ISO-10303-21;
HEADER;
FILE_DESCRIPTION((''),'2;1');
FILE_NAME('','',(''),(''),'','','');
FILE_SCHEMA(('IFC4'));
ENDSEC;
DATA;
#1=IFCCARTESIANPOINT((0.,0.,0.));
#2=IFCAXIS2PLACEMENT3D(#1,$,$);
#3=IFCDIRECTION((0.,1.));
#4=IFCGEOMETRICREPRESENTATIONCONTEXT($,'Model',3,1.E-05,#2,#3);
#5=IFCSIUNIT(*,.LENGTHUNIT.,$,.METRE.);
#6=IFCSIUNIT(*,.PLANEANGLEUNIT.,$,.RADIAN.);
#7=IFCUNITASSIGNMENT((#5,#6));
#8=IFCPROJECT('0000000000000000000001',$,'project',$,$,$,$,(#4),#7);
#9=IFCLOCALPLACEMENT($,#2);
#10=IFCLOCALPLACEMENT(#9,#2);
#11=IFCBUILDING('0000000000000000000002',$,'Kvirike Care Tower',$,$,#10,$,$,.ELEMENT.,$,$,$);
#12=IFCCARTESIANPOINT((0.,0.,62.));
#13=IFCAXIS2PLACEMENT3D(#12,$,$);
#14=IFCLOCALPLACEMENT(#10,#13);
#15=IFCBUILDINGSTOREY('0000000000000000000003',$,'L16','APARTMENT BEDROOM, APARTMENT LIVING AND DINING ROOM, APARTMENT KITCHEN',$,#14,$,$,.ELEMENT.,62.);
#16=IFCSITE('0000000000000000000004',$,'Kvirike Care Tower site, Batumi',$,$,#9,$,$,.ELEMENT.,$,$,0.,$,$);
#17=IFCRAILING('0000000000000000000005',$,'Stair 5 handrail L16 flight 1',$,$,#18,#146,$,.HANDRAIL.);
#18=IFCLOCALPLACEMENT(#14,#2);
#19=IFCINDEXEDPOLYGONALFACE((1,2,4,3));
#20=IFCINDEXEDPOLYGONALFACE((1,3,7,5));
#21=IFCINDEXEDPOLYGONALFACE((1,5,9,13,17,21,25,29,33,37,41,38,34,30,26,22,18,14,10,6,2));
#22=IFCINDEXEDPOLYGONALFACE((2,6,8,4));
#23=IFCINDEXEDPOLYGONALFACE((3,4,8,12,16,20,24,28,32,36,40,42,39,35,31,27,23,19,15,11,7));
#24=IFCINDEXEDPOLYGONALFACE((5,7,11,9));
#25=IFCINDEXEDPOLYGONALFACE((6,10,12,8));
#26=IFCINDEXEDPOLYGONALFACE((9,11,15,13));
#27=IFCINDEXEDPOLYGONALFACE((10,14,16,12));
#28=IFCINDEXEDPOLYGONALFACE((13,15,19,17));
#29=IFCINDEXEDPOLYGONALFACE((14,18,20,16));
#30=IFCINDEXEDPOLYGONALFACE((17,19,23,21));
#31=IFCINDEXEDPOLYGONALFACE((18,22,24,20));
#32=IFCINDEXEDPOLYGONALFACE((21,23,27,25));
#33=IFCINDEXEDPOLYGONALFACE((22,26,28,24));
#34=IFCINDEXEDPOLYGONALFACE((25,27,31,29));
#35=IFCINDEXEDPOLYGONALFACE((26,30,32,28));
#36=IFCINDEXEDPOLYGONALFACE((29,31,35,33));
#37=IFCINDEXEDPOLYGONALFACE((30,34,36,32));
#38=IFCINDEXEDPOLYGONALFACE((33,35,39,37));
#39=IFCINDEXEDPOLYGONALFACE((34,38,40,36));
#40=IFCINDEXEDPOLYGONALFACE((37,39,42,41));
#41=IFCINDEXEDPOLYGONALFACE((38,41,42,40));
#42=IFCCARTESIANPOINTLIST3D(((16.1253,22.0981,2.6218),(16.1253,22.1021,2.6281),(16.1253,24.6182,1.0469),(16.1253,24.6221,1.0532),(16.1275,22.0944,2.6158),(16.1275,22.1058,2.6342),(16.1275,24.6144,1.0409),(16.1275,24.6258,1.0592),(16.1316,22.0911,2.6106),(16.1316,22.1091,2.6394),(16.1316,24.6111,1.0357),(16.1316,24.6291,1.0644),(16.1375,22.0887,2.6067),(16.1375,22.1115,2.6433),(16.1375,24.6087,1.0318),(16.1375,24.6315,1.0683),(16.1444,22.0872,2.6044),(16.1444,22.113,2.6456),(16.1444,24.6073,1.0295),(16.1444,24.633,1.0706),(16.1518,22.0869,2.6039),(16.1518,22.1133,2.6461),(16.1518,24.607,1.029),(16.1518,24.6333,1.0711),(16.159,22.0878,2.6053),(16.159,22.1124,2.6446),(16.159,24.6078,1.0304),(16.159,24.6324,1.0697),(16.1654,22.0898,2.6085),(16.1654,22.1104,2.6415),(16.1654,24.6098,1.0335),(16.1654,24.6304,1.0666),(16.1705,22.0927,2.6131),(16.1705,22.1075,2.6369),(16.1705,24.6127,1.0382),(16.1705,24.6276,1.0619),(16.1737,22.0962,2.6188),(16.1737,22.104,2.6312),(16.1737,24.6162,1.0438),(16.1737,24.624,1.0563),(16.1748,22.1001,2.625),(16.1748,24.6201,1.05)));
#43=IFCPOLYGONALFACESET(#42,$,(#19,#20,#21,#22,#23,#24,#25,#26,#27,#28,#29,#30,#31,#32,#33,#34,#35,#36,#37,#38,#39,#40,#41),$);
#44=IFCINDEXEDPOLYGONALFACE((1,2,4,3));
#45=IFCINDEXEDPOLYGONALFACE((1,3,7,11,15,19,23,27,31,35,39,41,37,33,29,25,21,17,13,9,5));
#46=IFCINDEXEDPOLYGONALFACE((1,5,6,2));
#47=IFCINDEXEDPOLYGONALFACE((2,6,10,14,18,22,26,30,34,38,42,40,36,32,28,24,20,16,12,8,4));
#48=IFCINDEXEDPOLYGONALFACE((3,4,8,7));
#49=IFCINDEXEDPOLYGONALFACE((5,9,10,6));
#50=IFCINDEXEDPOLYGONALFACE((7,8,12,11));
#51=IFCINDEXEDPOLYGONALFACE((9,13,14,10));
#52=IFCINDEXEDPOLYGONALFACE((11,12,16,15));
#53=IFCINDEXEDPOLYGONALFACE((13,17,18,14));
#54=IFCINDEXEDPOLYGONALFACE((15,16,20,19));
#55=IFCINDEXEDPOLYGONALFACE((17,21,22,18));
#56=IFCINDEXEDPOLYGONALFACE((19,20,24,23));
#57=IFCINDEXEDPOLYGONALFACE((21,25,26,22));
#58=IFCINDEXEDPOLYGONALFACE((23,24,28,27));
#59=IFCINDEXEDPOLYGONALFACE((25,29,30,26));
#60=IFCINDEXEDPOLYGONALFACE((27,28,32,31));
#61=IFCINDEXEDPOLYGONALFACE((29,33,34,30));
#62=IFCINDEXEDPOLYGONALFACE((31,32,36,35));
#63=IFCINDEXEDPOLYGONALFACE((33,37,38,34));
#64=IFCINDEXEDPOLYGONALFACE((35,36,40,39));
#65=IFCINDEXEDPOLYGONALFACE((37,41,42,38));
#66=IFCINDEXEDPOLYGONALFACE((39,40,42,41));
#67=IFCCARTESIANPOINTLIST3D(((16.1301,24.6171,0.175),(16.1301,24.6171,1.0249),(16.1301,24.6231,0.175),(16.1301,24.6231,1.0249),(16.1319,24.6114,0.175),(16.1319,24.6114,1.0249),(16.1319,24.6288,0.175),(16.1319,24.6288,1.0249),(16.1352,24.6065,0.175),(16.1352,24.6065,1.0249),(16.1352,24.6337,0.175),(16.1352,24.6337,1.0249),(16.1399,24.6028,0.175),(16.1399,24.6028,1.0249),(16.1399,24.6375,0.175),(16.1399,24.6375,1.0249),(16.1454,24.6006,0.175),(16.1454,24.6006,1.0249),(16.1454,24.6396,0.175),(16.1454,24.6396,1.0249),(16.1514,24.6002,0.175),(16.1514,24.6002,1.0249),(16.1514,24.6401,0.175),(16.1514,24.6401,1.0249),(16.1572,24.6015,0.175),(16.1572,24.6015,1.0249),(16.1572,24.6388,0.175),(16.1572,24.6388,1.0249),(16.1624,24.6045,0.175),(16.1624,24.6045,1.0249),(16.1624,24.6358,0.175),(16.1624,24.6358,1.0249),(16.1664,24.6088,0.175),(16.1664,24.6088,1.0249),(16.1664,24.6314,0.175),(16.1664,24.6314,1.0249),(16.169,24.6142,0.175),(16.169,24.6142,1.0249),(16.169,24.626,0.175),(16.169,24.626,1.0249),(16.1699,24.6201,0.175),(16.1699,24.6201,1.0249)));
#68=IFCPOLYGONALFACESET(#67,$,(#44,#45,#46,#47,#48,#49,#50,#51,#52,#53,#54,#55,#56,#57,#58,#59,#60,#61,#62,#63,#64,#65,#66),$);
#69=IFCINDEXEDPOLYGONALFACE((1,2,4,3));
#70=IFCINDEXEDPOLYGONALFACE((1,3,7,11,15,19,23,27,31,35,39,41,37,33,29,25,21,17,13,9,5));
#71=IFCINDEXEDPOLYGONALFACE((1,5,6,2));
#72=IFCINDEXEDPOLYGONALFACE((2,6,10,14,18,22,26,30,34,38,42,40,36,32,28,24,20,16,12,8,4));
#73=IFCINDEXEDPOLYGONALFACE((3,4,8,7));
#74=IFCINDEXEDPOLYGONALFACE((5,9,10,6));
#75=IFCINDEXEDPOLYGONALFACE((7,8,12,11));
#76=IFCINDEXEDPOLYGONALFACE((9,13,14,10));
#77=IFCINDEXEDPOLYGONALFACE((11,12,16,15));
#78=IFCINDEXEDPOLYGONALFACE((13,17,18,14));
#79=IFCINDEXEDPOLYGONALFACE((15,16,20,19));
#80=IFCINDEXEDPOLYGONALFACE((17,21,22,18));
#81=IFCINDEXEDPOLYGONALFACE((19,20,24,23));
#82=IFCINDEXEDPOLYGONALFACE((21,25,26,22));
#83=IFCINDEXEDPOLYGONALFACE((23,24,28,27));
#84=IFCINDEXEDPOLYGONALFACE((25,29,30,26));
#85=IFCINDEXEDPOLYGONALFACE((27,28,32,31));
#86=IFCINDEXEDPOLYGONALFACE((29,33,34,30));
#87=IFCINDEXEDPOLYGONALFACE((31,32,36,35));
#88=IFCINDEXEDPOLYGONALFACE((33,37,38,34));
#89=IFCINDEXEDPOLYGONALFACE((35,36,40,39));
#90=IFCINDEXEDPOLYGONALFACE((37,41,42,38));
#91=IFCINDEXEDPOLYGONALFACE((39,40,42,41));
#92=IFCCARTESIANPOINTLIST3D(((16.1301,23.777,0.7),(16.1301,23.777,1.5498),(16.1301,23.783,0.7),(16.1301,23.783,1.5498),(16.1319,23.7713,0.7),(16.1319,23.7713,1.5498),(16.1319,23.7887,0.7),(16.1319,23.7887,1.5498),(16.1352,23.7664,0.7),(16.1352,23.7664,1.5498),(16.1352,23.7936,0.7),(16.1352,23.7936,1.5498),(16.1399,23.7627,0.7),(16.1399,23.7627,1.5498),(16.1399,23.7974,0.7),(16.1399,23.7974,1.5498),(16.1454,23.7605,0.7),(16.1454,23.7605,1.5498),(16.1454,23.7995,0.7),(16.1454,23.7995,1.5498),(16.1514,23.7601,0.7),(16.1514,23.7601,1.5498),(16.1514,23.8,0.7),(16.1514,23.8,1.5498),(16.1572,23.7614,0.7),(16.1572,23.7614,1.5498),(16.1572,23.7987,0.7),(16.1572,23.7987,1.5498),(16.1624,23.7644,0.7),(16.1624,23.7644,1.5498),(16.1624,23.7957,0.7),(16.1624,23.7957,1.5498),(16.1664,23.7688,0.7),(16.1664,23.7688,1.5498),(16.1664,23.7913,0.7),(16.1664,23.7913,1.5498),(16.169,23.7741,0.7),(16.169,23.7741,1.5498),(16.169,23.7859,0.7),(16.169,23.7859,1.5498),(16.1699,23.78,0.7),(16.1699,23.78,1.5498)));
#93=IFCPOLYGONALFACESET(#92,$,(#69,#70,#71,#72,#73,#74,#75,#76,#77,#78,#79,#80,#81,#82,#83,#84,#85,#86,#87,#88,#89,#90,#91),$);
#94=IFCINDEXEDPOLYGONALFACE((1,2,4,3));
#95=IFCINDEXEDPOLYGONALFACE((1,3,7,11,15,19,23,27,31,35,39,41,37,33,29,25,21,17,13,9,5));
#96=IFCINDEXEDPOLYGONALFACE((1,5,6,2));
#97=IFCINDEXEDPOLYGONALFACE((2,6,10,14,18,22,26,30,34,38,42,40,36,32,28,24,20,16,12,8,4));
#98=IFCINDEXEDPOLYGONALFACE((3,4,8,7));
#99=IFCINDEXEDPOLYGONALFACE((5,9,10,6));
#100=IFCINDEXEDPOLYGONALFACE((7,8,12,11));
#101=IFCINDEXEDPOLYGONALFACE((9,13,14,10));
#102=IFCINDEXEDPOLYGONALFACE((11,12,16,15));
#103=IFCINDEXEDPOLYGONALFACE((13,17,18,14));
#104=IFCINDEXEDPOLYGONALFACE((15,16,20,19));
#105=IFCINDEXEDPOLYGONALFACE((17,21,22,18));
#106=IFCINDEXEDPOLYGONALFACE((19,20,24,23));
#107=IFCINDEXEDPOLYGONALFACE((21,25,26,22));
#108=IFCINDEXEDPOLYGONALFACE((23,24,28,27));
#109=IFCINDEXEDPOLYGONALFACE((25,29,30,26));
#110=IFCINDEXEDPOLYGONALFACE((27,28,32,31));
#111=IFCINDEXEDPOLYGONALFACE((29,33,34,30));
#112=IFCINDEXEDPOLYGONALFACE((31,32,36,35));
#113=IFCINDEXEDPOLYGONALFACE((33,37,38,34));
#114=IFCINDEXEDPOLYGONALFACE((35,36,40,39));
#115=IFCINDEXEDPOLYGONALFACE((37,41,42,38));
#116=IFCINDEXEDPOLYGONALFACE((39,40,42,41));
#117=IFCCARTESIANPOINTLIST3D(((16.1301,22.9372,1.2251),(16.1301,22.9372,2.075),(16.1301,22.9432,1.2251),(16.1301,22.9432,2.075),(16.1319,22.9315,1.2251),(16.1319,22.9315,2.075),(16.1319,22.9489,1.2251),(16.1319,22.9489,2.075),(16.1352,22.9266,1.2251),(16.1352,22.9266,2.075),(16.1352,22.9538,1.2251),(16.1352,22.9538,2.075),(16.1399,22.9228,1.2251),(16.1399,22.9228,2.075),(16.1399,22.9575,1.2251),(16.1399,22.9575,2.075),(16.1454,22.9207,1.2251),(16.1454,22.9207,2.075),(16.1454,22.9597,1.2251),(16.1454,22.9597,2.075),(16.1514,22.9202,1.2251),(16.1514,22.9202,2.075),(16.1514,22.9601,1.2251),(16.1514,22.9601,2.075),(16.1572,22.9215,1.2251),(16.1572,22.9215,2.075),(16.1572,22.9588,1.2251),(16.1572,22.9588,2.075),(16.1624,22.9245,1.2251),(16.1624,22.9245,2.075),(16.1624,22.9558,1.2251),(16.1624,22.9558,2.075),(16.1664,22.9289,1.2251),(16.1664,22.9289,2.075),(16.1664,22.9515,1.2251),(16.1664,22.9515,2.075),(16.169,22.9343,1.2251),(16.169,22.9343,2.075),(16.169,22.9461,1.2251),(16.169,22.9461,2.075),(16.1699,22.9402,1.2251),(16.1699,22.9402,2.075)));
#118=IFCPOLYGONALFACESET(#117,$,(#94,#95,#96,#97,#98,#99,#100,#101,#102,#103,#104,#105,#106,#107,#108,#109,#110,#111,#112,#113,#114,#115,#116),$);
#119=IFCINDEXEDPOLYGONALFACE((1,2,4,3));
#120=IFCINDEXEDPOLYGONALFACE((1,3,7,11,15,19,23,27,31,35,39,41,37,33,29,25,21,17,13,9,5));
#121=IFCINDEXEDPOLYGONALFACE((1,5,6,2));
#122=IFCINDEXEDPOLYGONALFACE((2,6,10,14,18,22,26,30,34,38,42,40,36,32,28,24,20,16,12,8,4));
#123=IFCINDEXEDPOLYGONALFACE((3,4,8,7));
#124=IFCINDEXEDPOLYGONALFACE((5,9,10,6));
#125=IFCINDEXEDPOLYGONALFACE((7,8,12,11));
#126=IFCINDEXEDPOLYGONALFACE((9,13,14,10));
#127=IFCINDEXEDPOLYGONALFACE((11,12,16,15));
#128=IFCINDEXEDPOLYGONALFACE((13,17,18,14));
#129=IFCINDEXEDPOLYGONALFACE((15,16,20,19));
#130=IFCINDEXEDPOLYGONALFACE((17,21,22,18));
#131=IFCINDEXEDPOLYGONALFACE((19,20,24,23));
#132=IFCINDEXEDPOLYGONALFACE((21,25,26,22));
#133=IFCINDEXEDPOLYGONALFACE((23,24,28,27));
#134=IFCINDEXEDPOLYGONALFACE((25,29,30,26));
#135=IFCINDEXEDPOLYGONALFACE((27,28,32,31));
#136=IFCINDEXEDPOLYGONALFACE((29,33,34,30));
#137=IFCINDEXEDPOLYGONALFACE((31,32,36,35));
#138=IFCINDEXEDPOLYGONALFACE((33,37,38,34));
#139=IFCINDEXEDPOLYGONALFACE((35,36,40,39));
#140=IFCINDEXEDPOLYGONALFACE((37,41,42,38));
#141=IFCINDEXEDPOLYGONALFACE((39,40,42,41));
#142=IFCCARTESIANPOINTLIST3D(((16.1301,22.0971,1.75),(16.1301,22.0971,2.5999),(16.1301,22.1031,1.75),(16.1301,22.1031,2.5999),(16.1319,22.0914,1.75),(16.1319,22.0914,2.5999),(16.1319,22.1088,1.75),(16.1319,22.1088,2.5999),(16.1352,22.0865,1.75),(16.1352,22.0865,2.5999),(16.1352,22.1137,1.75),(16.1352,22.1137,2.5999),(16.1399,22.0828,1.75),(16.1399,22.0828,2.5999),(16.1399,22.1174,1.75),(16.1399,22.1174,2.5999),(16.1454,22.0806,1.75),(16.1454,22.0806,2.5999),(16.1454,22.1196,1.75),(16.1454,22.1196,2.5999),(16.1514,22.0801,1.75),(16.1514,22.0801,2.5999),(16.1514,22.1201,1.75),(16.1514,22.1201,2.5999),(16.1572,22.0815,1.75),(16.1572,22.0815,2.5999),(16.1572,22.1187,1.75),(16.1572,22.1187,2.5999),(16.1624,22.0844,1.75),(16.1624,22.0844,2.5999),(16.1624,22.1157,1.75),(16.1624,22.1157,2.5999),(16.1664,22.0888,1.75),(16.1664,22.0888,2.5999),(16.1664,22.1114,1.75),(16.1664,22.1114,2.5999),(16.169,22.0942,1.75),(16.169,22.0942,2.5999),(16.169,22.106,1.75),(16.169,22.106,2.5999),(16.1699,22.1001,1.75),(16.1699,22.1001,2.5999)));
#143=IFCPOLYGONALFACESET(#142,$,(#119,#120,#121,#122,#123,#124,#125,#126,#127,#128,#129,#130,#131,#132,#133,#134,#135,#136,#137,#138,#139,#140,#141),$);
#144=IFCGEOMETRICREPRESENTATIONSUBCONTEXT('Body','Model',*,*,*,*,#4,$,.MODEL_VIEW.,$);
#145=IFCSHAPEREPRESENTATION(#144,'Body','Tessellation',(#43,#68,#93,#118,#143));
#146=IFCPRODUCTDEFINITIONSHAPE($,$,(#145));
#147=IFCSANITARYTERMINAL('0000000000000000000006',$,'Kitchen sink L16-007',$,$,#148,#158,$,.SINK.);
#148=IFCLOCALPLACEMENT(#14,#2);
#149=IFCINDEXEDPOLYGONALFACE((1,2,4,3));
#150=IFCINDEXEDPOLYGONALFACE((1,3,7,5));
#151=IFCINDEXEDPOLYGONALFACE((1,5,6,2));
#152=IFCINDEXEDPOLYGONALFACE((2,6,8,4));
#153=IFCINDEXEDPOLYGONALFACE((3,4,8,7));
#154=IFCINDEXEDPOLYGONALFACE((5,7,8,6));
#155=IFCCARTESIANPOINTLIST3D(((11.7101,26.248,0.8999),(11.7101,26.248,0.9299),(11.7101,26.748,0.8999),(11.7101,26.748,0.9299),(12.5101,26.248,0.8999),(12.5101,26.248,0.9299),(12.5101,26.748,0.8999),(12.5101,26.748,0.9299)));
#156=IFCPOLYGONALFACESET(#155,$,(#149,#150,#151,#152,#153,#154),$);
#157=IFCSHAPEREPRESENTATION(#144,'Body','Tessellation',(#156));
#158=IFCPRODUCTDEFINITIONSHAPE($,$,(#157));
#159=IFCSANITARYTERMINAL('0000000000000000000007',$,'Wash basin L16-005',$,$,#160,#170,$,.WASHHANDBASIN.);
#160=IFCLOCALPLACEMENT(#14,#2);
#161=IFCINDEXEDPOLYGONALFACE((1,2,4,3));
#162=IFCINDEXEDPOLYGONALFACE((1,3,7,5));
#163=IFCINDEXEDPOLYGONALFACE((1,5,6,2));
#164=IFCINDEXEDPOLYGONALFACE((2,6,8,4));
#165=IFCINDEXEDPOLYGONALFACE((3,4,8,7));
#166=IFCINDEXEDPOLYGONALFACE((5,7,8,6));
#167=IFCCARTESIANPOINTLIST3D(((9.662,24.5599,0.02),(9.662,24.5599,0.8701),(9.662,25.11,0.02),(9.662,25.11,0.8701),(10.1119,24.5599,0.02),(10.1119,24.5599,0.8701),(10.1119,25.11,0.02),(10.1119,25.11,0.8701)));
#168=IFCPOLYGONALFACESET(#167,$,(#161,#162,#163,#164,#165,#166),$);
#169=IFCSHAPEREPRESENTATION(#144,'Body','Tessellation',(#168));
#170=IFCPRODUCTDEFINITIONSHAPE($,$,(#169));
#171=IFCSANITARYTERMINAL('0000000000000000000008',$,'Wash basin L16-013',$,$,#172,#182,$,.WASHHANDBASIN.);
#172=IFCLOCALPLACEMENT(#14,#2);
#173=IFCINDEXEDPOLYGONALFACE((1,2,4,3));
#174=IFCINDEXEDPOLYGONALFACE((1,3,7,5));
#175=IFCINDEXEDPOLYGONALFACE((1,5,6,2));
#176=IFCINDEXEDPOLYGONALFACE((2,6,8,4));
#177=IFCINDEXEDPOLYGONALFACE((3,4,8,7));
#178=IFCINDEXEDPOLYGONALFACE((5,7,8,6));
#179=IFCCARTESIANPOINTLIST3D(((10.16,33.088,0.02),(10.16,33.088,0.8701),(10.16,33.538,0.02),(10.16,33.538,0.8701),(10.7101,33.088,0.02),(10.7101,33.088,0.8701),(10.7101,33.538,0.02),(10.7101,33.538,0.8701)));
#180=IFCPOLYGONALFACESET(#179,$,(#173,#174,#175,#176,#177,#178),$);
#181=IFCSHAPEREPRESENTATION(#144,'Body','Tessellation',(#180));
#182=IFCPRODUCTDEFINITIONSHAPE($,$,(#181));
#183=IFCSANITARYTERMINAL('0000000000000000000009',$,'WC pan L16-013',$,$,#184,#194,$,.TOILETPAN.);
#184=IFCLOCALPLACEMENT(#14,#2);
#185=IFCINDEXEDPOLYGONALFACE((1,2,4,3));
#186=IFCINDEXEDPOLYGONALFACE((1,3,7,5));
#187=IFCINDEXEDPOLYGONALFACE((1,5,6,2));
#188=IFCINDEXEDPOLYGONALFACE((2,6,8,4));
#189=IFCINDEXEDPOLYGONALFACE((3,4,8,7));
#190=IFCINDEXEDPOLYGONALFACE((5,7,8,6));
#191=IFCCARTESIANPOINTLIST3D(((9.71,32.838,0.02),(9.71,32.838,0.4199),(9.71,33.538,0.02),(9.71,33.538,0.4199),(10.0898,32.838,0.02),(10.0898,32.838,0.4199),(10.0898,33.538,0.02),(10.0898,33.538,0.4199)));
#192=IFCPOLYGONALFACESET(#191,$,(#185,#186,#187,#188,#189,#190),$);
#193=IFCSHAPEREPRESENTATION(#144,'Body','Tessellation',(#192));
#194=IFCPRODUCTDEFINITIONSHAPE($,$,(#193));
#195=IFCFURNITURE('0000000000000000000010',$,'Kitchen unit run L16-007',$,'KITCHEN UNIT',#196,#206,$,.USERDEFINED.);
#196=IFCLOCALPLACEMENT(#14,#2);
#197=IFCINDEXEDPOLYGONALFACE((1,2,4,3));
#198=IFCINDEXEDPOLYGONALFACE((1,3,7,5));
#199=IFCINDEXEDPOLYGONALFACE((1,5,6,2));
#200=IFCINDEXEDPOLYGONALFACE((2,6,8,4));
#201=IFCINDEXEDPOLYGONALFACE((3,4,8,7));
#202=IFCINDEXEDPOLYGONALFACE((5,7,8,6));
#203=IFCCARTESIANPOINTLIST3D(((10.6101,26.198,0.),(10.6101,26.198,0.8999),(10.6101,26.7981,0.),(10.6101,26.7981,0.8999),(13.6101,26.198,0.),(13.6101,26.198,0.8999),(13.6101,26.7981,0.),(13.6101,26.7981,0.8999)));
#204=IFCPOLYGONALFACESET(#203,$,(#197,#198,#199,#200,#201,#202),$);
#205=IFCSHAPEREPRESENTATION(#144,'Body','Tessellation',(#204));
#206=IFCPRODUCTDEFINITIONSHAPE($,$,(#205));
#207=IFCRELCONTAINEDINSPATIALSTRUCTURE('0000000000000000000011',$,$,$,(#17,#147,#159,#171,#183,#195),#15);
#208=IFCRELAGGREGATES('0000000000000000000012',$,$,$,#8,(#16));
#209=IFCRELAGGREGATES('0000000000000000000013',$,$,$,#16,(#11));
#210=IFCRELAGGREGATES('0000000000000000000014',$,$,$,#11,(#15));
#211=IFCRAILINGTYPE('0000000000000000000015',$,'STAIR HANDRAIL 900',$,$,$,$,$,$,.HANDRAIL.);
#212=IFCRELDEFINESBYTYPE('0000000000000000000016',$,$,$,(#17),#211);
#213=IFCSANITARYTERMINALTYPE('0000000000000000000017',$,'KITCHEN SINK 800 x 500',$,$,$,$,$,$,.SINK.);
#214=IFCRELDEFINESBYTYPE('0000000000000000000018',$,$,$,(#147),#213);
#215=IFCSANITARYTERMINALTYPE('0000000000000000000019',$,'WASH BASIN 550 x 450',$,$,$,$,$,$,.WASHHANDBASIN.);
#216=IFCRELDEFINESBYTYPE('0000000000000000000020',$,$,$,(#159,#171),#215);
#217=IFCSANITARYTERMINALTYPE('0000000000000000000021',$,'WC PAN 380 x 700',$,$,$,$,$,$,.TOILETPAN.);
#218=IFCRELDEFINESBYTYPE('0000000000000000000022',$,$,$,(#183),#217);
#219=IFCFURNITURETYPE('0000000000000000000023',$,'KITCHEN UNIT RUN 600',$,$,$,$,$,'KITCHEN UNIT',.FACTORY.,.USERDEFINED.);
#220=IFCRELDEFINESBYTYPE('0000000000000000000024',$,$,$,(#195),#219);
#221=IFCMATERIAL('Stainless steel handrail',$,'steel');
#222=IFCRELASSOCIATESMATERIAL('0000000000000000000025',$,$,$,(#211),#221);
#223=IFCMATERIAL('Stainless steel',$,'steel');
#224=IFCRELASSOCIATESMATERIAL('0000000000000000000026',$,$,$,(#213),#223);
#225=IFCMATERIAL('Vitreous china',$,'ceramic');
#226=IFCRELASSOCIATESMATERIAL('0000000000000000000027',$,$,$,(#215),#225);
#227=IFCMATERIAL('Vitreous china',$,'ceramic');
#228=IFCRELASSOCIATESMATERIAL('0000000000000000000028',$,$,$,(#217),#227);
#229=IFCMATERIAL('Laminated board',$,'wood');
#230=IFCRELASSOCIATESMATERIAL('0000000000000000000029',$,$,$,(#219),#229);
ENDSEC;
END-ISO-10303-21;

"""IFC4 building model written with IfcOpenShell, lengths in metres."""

from ifc_helpers import new_model, si_unit, direction, frame, origin, origin_2d, place, context, subcontext, project, spatial, rectangle, circle, extrude, material, type_object, element, save


model = new_model("IFC4")

# Units and contexts
model_context = context("Model", 3, precision=1e-05, world=origin(), true_north=direction((0.0, 1.0)))
body_context = subcontext(model_context, "Body", "Model", "MODEL_VIEW")
ifc_project = project(units=[si_unit("LENGTHUNIT", "METRE"), si_unit("PLANEANGLEUNIT", "RADIAN")], contexts=[model_context])

# Site, building, storey
site_placement = place(None, origin())
site = spatial("IfcSite", under=ifc_project, at=site_placement, Name="Kvirike Care Tower site, Batumi", CompositionType="ELEMENT", RefElevation=0.0)
building_placement = place(site_placement, origin())
building = spatial("IfcBuilding", under=site, at=building_placement, Name="Kvirike Care Tower", CompositionType="ELEMENT")
storey_placement = place(building_placement, frame((0.0, 0.0, 62.0)))
storey = spatial("IfcBuildingStorey", under=building, at=storey_placement, Name="L16", Description="APARTMENT BEDROOM, APARTMENT LIVING AND DINING ROOM, APARTMENT KITCHEN", CompositionType="ELEMENT", Elevation=62.0)

# Railing
ifc_material_1 = material(Name="Stainless steel handrail", Category="steel")
railing_type = type_object("IfcRailingType", Name="STAIR HANDRAIL 900", PredefinedType="HANDRAIL", material=ifc_material_1)
railing_placement = place(storey_placement, frame((16.1499, 24.6201, 0.175)))
element("IfcRailing", 1, at=railing_placement, inside=storey, type_object=railing_type, Name="Stair 5 handrail L16 flight 1", PredefinedType="HANDRAIL", context=body_context, shape_type="SweptSolid", body=[
    extrude(circle(Radius=0.0249, at=origin_2d()), frame((0.0, 0.0, 0.875), z_axis=(0.0, -0.848008, 0.529984), x_axis=(1.0, 0.0, 0.0)), (0.0, 0.0, 1.0), 2.9717),
    extrude(circle(Radius=0.02, at=origin_2d()), origin(), (0.0, 0.0, 1.0), 0.8499),
    extrude(circle(Radius=0.02, at=origin_2d()), frame((0.0, -0.8401, 0.5249)), (0.0, 0.0, 1.0), 0.8499),
    extrude(circle(Radius=0.02, at=origin_2d()), frame((0.0, -1.6799, 1.05)), (0.0, 0.0, 1.0), 0.8499),
    extrude(circle(Radius=0.02, at=origin_2d()), frame((0.0, -2.52, 1.575)), (0.0, 0.0, 1.0), 0.8499),
])

# Sanitary terminals
ifc_material_2 = material(Name="Stainless steel", Category="steel")
sanitary_terminal_type_1 = type_object("IfcSanitaryTerminalType", Name="KITCHEN SINK 800 x 500", PredefinedType="SINK", material=ifc_material_2)
sanitary_terminal_1_placement = place(storey_placement, frame((12.1101, 26.498, 0.8999), z_axis=(0.0, 0.0, 1.0), x_axis=(1.0, 0.0, 0.0)))
element("IfcSanitaryTerminal", 2, at=sanitary_terminal_1_placement, inside=storey, type_object=sanitary_terminal_type_1, Name="Kitchen sink L16-007", PredefinedType="SINK", context=body_context, shape_type="SweptSolid", body=[
    extrude(rectangle(XDim=0.8, YDim=0.5, at=origin_2d()), origin(), (0.0, 0.0, 1.0), 0.03),
])
ifc_material_3 = material(Name="Vitreous china", Category="ceramic")
sanitary_terminal_type_2 = type_object("IfcSanitaryTerminalType", Name="WASH BASIN 550 x 450", PredefinedType="WASHHANDBASIN", material=ifc_material_3)
for number, where, z_axis, x_axis, name in (
    (3, (9.887, 24.835, 0.02), (0.0, 0.0, 1.0), (0.0, 1.0, 0.0), "Wash basin L16-005"),
    (4, (10.4351, 33.313, 0.02), (0.0, 0.0, 1.0), (1.0, 0.0, 0.0), "Wash basin L16-013"),
):
    element("IfcSanitaryTerminal", number, at=place(storey_placement, frame(where, z_axis=z_axis, x_axis=x_axis)), inside=storey, type_object=sanitary_terminal_type_2, Name=name, PredefinedType="WASHHANDBASIN", context=body_context, shape_type="SweptSolid", body=[
        extrude(rectangle(XDim=0.55, YDim=0.45, at=origin_2d()), origin(), (0.0, 0.0, 1.0), 0.8501),
    ])
ifc_material_4 = material(Name="Vitreous china", Category="ceramic")
sanitary_terminal_type_3 = type_object("IfcSanitaryTerminalType", Name="WC PAN 380 x 700", PredefinedType="TOILETPAN", material=ifc_material_4)
sanitary_terminal_2_placement = place(storey_placement, frame((9.8999, 33.188, 0.02), z_axis=(0.0, 0.0, 1.0), x_axis=(1.0, 0.0, 0.0)))
element("IfcSanitaryTerminal", 5, at=sanitary_terminal_2_placement, inside=storey, type_object=sanitary_terminal_type_3, Name="WC pan L16-013", PredefinedType="TOILETPAN", context=body_context, shape_type="SweptSolid", body=[
    extrude(rectangle(XDim=0.3799, YDim=0.7, at=origin_2d()), origin(), (0.0, 0.0, 1.0), 0.3999),
])

# Furniture
ifc_material_5 = material(Name="Laminated board", Category="wood")
furniture_type = type_object("IfcFurnitureType", Name="KITCHEN UNIT RUN 600", ElementType="KITCHEN UNIT", AssemblyPlace="FACTORY", PredefinedType="USERDEFINED", material=ifc_material_5)
furniture_placement = place(storey_placement, frame((12.1101, 26.498, 0.0), z_axis=(0.0, 0.0, 1.0), x_axis=(1.0, 0.0, 0.0)))
element("IfcFurniture", 6, at=furniture_placement, inside=storey, type_object=furniture_type, Name="Kitchen unit run L16-007", ObjectType="KITCHEN UNIT", PredefinedType="USERDEFINED", context=body_context, shape_type="SweptSolid", body=[
    extrude(rectangle(XDim=3.0, YDim=0.6001, at=origin_2d()), origin(), (0.0, 0.0, 1.0), 0.8999),
])

save(model, "model.ifc")
